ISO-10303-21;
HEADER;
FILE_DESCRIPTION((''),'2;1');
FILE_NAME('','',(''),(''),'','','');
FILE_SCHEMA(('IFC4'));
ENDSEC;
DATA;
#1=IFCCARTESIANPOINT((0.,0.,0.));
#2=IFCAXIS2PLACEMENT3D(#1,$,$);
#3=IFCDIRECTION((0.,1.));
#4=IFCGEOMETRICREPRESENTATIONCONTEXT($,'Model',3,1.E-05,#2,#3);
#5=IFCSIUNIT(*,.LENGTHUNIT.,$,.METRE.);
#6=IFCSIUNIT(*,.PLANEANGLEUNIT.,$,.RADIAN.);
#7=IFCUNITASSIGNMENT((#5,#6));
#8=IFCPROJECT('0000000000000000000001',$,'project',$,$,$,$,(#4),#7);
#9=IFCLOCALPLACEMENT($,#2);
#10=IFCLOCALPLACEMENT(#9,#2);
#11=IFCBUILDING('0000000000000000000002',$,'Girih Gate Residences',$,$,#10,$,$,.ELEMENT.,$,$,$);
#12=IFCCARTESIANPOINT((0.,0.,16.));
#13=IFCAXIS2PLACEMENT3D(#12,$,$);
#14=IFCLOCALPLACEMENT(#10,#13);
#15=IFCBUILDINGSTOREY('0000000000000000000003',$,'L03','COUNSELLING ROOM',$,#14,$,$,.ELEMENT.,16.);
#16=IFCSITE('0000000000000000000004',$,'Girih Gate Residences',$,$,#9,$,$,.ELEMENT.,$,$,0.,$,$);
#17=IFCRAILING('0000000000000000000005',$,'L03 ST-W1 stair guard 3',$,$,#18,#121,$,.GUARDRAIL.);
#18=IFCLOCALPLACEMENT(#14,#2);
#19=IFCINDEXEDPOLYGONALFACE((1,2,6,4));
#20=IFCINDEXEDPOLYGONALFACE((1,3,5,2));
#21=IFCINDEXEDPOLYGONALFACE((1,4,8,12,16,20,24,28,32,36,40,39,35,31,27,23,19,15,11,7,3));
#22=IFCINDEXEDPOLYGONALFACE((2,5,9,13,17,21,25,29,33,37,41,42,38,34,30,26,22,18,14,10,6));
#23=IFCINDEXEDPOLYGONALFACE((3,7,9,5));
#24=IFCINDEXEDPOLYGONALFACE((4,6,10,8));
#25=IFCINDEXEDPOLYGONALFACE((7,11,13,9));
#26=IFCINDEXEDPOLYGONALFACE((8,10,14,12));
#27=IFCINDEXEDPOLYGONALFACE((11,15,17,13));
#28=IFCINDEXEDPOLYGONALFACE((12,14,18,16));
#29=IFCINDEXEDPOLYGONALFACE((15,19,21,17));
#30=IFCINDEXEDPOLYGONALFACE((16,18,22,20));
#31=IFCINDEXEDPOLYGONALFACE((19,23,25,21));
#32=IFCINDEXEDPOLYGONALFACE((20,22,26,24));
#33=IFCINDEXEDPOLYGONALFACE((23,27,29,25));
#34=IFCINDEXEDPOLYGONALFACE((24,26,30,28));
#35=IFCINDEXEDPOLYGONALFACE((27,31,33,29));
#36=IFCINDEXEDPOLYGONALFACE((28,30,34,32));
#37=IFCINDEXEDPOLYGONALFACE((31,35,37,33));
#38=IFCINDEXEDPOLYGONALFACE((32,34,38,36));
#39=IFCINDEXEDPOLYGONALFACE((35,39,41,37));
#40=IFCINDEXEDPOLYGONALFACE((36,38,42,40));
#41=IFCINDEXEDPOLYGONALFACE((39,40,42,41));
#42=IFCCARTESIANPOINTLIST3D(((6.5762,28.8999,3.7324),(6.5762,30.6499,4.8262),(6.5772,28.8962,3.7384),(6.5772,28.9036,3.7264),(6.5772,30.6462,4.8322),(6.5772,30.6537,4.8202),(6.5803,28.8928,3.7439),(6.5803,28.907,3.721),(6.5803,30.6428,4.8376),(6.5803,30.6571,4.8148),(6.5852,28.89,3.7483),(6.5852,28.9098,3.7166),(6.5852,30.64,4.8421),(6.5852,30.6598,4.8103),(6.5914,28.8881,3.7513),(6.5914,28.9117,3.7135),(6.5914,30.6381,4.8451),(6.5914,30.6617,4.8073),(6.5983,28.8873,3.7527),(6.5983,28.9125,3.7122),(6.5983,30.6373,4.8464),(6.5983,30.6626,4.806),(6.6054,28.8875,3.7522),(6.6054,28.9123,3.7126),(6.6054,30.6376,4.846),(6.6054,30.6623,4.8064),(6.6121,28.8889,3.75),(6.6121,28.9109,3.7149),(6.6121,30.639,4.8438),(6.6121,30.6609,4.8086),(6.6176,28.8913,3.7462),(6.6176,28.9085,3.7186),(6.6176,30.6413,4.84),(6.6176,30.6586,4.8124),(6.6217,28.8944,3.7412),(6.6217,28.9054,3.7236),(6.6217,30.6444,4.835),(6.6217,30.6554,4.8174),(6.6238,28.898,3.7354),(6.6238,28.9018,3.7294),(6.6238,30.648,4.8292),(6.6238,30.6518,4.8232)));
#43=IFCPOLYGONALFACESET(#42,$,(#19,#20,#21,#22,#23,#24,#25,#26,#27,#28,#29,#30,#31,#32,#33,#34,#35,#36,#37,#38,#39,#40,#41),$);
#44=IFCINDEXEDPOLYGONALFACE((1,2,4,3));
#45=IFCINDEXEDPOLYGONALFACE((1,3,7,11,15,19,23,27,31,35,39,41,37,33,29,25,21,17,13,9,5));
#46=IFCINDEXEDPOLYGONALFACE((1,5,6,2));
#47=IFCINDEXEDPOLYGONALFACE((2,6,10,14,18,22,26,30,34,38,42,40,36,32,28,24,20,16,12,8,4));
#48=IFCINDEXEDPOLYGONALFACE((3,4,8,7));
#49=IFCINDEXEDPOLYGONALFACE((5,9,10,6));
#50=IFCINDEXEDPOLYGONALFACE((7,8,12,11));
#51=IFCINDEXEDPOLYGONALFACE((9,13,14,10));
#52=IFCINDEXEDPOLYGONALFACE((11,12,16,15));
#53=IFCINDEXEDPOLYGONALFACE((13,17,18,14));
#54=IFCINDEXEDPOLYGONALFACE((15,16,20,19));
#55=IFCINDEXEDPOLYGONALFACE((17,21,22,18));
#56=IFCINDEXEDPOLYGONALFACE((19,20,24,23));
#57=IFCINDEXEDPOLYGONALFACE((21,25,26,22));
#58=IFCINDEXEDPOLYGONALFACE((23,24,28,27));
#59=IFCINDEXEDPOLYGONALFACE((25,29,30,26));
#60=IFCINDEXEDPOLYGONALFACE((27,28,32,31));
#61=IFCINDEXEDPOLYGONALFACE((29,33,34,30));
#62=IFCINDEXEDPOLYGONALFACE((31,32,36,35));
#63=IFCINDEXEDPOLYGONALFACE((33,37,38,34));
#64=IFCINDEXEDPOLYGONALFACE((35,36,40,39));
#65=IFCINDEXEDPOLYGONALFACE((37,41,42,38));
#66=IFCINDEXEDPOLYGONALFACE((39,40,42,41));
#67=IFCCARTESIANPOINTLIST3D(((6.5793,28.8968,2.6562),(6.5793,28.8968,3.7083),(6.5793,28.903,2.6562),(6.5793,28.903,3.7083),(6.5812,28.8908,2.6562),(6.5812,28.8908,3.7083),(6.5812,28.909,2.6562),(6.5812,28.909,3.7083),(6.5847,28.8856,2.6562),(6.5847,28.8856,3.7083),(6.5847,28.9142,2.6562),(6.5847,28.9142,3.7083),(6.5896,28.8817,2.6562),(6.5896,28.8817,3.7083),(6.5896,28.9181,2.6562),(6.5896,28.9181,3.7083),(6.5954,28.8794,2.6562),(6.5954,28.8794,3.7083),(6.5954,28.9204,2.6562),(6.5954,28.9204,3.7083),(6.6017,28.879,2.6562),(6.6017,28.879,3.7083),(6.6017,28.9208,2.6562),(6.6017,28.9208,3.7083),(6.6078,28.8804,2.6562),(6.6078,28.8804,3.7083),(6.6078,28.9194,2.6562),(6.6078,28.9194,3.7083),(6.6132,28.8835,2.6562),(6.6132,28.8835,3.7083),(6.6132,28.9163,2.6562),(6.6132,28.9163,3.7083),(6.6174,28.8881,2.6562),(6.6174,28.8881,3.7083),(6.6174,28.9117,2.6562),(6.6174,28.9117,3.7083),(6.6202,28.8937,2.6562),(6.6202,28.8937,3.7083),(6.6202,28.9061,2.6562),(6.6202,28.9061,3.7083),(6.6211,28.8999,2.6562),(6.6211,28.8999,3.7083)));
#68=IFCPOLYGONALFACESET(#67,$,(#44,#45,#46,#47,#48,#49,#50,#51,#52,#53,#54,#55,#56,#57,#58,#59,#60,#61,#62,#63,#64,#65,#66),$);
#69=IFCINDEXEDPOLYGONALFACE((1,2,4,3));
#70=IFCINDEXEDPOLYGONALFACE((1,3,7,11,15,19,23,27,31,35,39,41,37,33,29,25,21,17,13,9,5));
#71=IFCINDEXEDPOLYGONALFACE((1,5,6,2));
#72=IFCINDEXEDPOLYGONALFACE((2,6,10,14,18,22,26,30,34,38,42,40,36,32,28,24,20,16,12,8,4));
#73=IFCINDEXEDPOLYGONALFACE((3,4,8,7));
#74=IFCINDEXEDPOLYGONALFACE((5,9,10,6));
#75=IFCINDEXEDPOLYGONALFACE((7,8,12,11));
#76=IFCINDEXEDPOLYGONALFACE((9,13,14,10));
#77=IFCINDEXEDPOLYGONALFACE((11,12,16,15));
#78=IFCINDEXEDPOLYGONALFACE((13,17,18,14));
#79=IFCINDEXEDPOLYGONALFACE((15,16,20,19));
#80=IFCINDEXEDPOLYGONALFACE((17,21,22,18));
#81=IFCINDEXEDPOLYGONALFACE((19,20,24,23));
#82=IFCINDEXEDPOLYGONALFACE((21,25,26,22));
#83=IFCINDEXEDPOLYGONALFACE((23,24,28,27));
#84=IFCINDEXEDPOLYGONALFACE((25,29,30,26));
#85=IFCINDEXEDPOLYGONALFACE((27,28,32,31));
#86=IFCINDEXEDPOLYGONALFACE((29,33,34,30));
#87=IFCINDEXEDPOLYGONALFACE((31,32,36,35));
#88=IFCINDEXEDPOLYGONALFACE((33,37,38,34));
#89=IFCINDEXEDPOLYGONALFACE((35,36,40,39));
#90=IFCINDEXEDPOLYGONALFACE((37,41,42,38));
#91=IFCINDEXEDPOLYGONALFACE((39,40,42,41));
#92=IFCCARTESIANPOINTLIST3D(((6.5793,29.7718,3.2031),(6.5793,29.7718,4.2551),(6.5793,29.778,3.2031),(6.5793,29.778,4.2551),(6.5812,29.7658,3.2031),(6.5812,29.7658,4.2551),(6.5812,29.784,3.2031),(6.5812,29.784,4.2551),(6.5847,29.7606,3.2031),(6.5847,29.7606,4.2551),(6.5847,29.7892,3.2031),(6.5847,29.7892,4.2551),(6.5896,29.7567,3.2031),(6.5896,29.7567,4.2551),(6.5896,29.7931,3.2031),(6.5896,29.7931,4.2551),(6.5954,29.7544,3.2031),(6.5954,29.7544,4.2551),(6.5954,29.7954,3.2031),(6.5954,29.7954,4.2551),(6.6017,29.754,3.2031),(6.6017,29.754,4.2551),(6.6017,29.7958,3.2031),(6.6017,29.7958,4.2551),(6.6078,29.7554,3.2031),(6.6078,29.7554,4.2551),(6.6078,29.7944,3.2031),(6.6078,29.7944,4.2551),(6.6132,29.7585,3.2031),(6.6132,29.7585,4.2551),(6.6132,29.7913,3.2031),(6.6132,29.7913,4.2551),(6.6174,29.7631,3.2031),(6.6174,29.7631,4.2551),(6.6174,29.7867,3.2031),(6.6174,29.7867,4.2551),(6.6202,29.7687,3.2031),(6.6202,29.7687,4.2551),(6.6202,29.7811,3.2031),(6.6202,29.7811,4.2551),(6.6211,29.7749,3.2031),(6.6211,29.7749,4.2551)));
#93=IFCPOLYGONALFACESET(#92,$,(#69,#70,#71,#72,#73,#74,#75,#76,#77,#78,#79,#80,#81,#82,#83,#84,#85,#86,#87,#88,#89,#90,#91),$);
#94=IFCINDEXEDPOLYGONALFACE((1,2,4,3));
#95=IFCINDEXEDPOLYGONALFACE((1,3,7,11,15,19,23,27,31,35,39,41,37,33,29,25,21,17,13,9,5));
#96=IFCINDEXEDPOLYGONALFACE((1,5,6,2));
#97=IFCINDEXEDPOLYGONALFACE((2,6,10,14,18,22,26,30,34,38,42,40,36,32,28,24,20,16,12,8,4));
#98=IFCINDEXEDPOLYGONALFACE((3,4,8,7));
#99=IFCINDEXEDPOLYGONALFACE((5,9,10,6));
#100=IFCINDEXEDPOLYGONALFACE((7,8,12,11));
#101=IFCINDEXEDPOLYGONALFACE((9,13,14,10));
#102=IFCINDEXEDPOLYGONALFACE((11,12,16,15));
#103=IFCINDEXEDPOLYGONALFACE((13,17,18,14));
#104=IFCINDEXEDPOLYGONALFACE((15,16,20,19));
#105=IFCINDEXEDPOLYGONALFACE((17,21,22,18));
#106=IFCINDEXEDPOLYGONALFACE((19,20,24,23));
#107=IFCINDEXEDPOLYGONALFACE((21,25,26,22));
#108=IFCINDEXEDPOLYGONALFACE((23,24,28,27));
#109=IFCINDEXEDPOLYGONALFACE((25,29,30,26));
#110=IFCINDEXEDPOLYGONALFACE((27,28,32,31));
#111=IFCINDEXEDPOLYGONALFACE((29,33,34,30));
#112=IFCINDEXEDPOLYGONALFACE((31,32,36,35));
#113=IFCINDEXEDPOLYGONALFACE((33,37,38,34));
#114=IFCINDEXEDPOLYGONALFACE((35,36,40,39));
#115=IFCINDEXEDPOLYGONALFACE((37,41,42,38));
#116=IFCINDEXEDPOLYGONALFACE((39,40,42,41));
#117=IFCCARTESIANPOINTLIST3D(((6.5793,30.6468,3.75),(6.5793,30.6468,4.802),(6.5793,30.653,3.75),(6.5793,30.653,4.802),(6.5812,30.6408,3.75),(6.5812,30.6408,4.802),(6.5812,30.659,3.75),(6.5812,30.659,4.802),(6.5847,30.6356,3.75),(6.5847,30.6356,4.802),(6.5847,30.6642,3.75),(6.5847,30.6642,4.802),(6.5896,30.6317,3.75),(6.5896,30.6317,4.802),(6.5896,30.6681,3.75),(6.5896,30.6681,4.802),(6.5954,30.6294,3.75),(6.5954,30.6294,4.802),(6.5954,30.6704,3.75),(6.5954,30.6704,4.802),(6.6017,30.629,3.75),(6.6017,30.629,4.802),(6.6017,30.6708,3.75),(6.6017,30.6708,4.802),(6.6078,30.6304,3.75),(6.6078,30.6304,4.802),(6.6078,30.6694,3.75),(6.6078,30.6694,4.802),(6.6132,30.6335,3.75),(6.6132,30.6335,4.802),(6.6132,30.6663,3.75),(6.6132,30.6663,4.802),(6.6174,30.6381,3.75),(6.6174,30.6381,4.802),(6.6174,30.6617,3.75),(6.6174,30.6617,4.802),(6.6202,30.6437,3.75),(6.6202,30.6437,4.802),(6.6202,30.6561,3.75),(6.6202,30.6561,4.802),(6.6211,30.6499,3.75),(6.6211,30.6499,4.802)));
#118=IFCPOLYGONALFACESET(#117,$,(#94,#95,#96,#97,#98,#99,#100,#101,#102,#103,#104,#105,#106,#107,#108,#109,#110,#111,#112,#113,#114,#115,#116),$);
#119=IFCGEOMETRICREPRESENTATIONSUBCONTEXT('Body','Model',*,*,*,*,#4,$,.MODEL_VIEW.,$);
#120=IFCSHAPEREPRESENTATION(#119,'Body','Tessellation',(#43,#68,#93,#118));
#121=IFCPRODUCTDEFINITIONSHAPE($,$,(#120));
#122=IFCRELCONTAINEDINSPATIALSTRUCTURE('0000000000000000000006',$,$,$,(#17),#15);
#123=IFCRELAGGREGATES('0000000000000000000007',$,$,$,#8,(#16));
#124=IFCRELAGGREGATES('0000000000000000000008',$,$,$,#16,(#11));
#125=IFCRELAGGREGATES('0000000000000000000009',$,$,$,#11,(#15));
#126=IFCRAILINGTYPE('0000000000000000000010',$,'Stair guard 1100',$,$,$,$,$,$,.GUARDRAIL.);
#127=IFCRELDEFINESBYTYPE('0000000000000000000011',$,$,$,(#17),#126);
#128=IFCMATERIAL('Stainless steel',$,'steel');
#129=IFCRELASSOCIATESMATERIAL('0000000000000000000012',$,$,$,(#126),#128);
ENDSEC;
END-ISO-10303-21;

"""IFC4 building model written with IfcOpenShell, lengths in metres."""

from ifc_helpers import new_model, si_unit, direction, frame, origin, origin_2d, place, context, subcontext, project, spatial, circle, extrude, material, type_object, element, save


model = new_model("IFC4")

# Units and contexts
model_context = context("Model", 3, precision=1e-05, world=origin(), true_north=direction((0.0, 1.0)))
body_context = subcontext(model_context, "Body", "Model", "MODEL_VIEW")
ifc_project = project(units=[si_unit("LENGTHUNIT", "METRE"), si_unit("PLANEANGLEUNIT", "RADIAN")], contexts=[model_context])

# Site, building, storey
site_placement = place(None, origin())
site = spatial("IfcSite", under=ifc_project, at=site_placement, Name="Girih Gate Residences", CompositionType="ELEMENT", RefElevation=0.0)
building_placement = place(site_placement, origin())
building = spatial("IfcBuilding", under=site, at=building_placement, Name="Girih Gate Residences", CompositionType="ELEMENT")
storey_placement = place(building_placement, frame((0.0, 0.0, 16.0)))
storey = spatial("IfcBuildingStorey", under=building, at=storey_placement, Name="L03", Description="COUNSELLING ROOM", CompositionType="ELEMENT", Elevation=16.0)

# Railing
ifc_material_1 = material(Name="Stainless steel", Category="steel")
railing_type_1 = type_object("IfcRailingType", Name="Stair guard 1100", PredefinedType="GUARDRAIL", material=ifc_material_1)
railing_1_placement = place(storey_placement, frame((6.6001, 28.8999, 2.6562)))
element("IfcRailing", 1, at=railing_1_placement, inside=storey, type_object=railing_type_1, Name="L03 ST-W1 stair guard 3", PredefinedType="GUARDRAIL", context=body_context, shape_type="SweptSolid", body=[
    extrude(circle(Radius=0.0239, at=origin_2d()), frame((0.0, 0.0, 1.0762), z_axis=(0.0, 0.847998, 0.529999), x_axis=(-1.0, 0.0, 0.0)), (0.0, 0.0, 1.0), 2.0637),
    extrude(circle(Radius=0.021, at=origin_2d()), origin(), (0.0, 0.0, 1.0), 1.052),
    extrude(circle(Radius=0.021, at=origin_2d()), frame((0.0, 0.875, 0.5469)), (0.0, 0.0, 1.0), 1.052),
    extrude(circle(Radius=0.021, at=origin_2d()), frame((0.0, 1.75, 1.0938)), (0.0, 0.0, 1.0), 1.052),
])

save(model, "model.ifc")
